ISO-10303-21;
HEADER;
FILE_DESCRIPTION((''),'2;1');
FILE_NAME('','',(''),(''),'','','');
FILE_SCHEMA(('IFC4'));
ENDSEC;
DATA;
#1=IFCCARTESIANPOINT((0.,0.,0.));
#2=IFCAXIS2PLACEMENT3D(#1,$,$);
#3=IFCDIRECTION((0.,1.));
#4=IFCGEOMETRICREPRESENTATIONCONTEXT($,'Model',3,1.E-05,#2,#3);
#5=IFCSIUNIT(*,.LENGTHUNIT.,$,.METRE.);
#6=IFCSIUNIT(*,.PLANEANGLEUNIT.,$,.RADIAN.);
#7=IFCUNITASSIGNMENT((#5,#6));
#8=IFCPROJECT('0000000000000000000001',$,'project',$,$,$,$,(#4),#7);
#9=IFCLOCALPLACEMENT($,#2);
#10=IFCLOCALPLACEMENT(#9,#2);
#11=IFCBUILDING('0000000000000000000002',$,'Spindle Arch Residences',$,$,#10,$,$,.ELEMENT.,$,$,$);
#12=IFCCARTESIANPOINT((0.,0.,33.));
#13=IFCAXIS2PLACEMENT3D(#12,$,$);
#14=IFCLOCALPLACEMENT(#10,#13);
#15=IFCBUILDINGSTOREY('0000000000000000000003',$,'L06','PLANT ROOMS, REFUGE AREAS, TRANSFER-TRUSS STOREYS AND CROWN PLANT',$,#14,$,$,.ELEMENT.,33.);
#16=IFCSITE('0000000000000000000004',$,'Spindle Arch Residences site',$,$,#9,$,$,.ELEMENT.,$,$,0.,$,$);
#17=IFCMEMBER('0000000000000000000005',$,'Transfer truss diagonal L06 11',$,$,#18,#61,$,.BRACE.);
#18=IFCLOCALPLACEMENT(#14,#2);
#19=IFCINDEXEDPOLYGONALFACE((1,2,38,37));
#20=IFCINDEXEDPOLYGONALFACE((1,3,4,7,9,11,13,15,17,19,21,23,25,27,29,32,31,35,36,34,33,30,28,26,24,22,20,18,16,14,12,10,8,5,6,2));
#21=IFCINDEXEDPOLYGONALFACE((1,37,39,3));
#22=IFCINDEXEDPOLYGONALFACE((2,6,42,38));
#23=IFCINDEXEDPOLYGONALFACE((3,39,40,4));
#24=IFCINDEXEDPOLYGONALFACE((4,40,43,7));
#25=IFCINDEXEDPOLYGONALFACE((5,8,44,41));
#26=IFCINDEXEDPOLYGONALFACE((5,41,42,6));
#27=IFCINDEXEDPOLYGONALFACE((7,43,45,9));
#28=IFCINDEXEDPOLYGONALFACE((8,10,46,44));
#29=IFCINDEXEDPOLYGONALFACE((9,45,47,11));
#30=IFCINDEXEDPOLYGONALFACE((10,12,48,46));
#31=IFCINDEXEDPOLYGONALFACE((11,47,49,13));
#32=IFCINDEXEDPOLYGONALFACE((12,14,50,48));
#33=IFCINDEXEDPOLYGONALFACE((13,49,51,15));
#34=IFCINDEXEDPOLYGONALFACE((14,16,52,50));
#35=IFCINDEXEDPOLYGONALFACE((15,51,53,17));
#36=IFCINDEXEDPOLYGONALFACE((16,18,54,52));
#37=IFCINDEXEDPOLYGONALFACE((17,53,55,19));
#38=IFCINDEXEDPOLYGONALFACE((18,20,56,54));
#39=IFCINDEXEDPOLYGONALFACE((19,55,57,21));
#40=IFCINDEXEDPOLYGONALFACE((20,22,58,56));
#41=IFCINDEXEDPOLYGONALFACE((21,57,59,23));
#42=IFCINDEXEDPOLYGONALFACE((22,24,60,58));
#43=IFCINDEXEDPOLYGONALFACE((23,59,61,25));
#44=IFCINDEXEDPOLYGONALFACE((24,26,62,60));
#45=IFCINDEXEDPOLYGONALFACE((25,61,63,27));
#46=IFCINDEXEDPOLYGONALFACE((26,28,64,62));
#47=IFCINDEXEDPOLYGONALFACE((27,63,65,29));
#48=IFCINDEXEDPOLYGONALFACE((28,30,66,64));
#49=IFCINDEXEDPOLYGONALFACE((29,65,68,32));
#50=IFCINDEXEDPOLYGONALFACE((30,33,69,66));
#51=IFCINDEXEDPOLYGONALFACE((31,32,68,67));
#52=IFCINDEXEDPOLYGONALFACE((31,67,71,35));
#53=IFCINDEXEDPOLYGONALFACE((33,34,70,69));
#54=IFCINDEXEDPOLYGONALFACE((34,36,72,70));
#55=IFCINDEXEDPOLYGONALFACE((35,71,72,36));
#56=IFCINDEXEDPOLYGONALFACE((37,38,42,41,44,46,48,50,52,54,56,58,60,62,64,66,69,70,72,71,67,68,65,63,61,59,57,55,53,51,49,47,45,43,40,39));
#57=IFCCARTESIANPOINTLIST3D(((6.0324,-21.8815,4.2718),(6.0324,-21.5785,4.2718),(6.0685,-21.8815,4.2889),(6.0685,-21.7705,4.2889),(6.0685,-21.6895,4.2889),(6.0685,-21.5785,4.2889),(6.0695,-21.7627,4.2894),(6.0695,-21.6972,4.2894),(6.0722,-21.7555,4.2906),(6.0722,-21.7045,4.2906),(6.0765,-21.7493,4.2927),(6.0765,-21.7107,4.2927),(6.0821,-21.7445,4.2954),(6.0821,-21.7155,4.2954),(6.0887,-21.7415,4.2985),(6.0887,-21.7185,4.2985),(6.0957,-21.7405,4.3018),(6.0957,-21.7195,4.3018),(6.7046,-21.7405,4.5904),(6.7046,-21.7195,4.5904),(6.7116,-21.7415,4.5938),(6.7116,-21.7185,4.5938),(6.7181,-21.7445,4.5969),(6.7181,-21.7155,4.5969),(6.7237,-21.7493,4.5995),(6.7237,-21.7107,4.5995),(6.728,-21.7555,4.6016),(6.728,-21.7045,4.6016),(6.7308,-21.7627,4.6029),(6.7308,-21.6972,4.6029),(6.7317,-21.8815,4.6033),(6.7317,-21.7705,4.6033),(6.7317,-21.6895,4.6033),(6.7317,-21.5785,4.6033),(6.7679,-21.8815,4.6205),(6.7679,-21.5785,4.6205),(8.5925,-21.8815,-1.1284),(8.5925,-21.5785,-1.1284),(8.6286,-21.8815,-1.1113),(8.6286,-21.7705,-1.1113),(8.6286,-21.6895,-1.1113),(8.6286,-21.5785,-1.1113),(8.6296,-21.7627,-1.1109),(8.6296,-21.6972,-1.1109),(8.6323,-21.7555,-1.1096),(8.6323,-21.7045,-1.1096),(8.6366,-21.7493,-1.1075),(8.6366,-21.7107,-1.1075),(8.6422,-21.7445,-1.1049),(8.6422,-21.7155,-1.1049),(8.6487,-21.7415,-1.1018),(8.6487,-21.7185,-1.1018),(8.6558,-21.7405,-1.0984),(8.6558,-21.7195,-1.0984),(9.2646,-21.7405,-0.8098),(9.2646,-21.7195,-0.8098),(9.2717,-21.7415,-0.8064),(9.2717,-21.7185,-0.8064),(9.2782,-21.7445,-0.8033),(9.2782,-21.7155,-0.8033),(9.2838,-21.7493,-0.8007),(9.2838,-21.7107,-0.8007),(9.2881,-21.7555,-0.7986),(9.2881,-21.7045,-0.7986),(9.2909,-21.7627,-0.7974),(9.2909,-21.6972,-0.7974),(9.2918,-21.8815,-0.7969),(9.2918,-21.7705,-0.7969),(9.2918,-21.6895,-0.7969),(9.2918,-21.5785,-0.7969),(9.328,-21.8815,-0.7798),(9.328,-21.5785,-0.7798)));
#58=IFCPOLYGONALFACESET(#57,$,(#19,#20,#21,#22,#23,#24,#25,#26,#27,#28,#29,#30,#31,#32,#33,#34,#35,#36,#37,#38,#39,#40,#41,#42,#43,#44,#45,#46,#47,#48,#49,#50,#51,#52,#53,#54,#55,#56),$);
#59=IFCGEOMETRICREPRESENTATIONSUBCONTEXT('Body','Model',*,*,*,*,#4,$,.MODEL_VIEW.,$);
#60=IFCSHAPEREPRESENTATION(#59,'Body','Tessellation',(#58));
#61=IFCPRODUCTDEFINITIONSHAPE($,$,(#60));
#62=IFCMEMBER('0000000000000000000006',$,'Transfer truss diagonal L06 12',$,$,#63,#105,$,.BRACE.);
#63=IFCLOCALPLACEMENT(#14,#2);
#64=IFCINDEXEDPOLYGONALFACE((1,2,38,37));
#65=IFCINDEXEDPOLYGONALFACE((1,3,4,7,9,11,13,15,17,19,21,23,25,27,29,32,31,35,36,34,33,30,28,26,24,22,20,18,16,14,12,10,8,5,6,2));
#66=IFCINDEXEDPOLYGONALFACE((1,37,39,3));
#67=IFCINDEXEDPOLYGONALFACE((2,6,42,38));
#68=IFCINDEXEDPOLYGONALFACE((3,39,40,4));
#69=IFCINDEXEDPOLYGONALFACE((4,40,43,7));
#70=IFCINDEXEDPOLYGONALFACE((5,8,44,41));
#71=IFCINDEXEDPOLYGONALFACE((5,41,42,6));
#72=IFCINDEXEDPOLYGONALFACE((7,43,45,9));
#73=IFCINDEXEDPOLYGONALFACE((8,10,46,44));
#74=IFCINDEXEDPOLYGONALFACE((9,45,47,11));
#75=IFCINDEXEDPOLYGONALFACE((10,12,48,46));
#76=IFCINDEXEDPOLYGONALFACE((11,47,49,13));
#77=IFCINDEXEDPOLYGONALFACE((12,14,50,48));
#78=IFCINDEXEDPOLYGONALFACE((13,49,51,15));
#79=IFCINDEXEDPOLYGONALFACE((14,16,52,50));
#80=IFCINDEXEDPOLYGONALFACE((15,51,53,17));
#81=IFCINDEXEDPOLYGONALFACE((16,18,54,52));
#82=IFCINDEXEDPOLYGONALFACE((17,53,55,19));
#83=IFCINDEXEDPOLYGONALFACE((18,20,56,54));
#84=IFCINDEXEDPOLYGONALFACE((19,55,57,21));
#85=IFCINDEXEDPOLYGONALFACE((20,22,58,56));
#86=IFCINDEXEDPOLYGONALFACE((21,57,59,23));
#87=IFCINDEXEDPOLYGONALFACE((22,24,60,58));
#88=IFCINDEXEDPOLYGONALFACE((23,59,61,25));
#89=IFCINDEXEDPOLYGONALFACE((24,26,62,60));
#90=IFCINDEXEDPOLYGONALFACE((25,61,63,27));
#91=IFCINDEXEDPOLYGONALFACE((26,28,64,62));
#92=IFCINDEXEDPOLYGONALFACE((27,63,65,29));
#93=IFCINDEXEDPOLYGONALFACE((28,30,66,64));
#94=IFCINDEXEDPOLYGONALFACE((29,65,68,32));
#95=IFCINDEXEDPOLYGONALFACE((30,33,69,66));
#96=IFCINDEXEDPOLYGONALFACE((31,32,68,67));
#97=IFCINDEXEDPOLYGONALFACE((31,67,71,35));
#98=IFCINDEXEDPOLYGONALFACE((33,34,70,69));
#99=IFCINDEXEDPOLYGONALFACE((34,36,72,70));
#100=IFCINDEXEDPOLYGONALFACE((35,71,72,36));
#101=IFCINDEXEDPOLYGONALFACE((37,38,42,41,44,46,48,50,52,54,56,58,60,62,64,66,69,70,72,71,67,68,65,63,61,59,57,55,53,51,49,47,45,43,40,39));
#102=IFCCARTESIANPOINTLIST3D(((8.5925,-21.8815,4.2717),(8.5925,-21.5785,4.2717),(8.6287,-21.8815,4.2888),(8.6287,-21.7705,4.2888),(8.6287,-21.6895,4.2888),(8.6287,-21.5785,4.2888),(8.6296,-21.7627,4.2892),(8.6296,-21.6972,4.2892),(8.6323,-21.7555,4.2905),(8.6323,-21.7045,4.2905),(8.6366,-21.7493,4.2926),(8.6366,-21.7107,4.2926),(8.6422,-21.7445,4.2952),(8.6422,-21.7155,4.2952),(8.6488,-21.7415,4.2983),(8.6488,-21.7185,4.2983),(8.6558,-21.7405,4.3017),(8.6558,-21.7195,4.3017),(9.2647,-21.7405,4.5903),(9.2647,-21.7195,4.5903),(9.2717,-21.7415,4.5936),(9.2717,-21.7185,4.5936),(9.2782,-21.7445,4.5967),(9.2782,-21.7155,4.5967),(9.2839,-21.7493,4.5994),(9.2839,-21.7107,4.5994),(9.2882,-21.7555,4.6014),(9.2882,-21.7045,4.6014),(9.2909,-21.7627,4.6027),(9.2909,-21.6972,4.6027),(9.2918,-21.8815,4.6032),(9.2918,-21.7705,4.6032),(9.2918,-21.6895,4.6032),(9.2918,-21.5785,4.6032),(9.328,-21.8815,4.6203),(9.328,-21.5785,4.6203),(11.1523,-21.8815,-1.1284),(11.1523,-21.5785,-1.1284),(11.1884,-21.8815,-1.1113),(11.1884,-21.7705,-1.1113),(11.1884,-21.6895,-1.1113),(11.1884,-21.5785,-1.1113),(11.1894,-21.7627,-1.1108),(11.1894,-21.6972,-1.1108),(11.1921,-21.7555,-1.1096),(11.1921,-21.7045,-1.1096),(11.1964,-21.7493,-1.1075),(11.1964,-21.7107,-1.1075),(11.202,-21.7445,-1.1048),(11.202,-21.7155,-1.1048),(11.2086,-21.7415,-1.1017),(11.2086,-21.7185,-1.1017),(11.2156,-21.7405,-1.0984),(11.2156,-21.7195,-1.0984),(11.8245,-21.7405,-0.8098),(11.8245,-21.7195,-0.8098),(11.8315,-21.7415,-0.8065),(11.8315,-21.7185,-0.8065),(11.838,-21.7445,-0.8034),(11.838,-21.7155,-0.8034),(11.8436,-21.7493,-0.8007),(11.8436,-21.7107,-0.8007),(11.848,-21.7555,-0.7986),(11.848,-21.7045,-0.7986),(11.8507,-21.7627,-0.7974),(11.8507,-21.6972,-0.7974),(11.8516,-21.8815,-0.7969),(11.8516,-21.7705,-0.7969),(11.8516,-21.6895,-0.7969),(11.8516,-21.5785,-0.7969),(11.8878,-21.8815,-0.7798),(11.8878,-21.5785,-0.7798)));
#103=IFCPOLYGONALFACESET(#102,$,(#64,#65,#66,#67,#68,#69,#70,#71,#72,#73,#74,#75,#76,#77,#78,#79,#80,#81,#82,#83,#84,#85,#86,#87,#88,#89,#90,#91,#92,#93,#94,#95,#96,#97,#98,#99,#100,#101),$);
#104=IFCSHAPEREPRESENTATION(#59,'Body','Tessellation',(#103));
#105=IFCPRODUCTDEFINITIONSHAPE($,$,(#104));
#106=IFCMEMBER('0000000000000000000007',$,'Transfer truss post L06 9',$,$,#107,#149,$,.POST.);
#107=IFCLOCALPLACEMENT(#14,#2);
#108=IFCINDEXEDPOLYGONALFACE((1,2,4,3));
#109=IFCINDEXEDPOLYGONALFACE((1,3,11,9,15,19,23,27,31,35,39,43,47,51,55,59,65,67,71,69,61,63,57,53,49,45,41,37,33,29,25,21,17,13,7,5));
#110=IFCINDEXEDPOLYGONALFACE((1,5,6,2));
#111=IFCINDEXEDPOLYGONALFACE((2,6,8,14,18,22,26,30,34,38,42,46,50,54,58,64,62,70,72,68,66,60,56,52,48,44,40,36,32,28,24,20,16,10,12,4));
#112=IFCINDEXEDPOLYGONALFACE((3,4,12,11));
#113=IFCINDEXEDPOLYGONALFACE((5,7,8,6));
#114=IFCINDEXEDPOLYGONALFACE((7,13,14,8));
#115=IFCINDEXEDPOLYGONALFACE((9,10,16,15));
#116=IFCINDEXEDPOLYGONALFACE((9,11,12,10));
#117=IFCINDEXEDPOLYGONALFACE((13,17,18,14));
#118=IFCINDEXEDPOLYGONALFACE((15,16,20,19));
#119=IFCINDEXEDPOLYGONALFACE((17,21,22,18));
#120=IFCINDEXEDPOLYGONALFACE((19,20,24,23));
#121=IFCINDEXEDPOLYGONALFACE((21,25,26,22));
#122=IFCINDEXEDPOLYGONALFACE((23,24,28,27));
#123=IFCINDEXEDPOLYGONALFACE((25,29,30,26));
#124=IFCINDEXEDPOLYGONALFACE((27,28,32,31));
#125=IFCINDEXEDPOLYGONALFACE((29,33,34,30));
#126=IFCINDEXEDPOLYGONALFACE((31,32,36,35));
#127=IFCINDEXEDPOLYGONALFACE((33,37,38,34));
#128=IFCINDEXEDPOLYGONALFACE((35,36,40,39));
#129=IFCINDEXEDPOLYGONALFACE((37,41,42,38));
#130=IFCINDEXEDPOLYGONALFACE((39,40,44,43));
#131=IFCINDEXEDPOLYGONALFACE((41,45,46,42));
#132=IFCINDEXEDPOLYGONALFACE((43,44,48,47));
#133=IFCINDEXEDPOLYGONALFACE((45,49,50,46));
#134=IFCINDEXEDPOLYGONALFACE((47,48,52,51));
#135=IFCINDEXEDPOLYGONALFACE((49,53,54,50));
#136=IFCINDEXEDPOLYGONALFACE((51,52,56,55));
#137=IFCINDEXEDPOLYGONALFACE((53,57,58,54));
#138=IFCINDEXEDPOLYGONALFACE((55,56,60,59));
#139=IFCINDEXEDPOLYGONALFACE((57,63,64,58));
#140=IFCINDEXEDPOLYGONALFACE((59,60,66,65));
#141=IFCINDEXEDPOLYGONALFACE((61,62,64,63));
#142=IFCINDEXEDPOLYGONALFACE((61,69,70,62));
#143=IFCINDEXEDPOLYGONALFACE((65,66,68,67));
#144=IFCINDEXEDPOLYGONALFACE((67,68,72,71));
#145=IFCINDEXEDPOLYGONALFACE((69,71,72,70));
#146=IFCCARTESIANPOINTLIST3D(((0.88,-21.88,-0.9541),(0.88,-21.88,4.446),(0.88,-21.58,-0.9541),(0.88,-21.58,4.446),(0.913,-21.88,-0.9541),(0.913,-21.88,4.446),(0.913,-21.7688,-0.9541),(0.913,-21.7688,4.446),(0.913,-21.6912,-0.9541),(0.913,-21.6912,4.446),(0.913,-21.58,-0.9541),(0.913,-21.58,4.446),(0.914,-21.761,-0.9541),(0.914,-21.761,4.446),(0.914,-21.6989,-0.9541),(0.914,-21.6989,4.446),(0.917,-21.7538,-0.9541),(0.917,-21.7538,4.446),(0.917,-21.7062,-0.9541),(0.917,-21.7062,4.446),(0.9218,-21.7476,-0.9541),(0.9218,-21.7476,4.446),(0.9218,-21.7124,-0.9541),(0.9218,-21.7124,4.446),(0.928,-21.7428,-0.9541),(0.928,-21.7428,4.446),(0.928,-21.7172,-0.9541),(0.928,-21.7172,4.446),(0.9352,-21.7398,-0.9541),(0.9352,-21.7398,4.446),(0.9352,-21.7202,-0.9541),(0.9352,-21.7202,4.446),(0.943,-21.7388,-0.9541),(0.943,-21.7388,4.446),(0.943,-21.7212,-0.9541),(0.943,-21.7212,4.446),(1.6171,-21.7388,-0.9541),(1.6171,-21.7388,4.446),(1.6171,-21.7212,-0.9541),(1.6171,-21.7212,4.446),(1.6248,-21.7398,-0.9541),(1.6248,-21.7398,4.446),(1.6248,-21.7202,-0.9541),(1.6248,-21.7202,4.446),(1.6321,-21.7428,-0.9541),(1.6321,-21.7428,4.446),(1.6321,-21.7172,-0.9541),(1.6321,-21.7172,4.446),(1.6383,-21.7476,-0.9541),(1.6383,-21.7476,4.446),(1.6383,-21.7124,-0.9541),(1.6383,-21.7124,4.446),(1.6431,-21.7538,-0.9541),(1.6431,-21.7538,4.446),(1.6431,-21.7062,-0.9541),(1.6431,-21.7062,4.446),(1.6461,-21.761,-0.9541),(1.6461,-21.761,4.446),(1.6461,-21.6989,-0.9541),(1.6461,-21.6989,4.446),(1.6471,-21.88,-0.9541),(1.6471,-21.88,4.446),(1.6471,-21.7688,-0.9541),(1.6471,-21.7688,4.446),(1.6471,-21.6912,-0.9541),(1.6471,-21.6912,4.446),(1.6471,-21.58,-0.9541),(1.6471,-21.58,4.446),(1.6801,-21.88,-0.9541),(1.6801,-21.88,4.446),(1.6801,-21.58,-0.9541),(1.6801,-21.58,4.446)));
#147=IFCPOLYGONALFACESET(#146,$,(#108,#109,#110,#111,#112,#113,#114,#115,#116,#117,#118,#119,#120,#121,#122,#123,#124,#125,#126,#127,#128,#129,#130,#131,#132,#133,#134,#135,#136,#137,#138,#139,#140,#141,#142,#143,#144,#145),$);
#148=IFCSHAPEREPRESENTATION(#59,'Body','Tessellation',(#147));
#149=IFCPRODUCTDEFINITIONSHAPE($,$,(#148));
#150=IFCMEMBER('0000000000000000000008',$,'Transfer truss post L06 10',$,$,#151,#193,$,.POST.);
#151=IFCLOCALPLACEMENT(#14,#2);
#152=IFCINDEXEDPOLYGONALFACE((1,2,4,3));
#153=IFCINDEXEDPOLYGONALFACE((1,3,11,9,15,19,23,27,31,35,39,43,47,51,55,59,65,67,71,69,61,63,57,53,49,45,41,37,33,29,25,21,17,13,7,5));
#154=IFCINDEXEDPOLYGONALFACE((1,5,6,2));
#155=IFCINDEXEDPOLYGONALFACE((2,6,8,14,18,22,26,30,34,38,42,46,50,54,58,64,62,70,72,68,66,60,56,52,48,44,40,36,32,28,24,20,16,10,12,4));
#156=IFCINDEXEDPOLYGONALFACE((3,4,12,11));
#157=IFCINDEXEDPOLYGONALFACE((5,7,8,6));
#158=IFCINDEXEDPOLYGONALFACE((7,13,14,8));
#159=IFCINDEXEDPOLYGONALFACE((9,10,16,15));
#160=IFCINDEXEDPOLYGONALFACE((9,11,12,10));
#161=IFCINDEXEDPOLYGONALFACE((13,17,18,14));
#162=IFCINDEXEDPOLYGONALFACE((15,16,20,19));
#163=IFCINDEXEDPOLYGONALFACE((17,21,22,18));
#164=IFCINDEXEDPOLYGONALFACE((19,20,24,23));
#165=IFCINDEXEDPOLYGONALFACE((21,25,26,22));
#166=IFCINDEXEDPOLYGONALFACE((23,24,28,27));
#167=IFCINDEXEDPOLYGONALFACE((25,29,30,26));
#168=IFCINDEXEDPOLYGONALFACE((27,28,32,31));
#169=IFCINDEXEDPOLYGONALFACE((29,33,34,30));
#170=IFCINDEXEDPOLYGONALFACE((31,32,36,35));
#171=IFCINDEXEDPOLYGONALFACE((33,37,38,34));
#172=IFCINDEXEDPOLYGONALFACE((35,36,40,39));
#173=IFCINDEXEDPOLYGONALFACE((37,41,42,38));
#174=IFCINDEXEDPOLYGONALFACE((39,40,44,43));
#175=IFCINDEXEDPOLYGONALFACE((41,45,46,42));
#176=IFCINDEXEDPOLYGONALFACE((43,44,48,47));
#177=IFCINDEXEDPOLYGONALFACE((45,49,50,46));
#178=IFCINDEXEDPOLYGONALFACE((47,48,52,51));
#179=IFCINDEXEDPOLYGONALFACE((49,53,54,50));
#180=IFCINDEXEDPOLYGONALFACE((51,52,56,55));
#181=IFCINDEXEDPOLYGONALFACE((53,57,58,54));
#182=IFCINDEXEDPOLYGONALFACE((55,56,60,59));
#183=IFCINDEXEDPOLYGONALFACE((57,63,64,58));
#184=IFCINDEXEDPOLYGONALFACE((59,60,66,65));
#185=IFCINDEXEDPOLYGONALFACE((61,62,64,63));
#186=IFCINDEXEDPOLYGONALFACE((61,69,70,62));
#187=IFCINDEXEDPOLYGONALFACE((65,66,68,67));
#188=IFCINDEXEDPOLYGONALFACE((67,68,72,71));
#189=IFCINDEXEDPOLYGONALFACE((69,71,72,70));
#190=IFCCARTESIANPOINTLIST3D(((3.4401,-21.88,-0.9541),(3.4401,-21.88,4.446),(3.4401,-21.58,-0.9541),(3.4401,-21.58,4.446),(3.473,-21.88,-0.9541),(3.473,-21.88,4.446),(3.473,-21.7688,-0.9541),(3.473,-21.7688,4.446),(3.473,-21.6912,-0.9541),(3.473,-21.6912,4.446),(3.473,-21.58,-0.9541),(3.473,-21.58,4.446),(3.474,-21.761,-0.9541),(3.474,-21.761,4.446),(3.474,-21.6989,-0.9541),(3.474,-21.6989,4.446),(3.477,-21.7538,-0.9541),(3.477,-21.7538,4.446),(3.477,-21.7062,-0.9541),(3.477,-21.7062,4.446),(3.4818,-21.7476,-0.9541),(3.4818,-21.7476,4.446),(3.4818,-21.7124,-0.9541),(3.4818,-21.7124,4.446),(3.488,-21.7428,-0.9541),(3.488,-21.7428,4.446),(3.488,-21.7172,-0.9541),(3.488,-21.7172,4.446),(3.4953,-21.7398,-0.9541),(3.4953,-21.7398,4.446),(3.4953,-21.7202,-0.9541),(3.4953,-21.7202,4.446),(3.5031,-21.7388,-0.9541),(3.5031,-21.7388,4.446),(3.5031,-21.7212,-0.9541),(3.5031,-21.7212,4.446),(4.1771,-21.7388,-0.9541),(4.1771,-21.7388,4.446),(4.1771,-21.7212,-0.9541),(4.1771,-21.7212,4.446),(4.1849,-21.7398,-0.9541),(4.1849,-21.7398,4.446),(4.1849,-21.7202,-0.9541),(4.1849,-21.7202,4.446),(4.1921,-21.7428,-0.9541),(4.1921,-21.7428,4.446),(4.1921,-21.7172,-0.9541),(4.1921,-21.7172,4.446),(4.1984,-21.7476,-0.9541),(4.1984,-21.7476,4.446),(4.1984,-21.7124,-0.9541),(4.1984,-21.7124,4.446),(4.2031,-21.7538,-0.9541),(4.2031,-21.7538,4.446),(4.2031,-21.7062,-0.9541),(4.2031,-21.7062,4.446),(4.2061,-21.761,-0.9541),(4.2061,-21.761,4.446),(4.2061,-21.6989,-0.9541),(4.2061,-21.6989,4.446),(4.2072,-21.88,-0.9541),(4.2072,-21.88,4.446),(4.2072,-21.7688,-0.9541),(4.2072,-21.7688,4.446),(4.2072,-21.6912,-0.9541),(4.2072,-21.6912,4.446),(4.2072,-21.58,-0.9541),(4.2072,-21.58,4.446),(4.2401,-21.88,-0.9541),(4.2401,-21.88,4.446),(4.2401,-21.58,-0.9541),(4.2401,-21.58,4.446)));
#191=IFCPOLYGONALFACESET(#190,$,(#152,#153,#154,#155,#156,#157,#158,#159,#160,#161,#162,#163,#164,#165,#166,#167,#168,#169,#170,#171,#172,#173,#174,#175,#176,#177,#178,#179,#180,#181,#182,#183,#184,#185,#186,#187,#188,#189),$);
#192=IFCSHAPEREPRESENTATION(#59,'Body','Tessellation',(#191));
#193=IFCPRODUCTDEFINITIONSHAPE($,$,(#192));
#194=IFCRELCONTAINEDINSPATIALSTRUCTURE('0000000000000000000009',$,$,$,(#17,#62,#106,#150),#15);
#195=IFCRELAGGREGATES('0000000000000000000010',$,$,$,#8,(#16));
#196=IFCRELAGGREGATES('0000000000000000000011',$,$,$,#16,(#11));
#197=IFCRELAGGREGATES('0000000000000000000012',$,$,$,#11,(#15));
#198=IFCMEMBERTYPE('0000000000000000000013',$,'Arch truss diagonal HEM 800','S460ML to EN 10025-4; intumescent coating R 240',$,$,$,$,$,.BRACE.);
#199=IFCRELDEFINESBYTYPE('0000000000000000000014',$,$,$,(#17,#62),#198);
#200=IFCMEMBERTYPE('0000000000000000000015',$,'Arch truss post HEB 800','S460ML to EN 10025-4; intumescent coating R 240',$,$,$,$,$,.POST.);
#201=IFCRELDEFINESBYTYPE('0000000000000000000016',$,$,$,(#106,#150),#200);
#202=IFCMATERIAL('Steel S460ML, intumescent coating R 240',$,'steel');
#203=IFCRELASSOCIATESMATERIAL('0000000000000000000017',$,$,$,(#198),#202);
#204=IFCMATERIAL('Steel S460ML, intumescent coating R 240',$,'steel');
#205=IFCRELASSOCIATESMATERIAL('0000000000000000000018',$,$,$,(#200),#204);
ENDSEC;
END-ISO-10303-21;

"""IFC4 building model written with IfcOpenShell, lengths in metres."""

from ifc_helpers import new_model, si_unit, direction, frame, origin, origin_2d, place, context, subcontext, project, spatial, i_section, extrude, material, material_profile, profile_set, type_object, element, save


model = new_model("IFC4")

# Units and contexts
model_context = context("Model", 3, precision=1e-05, world=origin(), true_north=direction((0.0, 1.0)))
body_context = subcontext(model_context, "Body", "Model", "MODEL_VIEW")
ifc_project = project(units=[si_unit("LENGTHUNIT", "METRE"), si_unit("PLANEANGLEUNIT", "RADIAN")], contexts=[model_context])

# Site, building, storey
site_placement = place(None, origin())
site = spatial("IfcSite", under=ifc_project, at=site_placement, Name="Spindle Arch Residences site", CompositionType="ELEMENT", RefElevation=0.0)
building_placement = place(site_placement, origin())
building = spatial("IfcBuilding", under=site, at=building_placement, Name="Spindle Arch Residences", CompositionType="ELEMENT")
storey_placement = place(building_placement, frame((0.0, 0.0, 33.0)))
storey = spatial("IfcBuildingStorey", under=building, at=storey_placement, Name="L06", Description="PLANT ROOMS, REFUGE AREAS, TRANSFER-TRUSS STOREYS AND CROWN PLANT", CompositionType="ELEMENT", Elevation=33.0)

# Members
ifc_material_1 = material(Name="Steel S460ML, intumescent coating R 240", Category="steel")
ifc_material_profile_1 = material_profile(ifc_material_1, i_section(OverallWidth=0.303, OverallDepth=0.814, WebThickness=0.021, FlangeThickness=0.04, FilletRadius=0.03, at=origin_2d()), Name="HEM 800")
ifc_profile_set_1 = profile_set([ifc_material_profile_1], Name="Steel S460ML, intumescent coating R 240")
member_type_1 = type_object("IfcMemberType", Name="Arch truss diagonal HEM 800", Description="S460ML to EN 10025-4; intumescent coating R 240", PredefinedType="BRACE", material=ifc_profile_set_1)
for number, where, z_axis, x_axis, name in (
    (1, (8.9602, -21.73, -0.9541), (-0.428373, 0.0, 0.903602), (0.0, -1.0, 0.0), "Transfer truss diagonal L06 11"),
):
    element("IfcMember", number, at=place(storey_placement, frame(where, z_axis=z_axis, x_axis=x_axis)), inside=storey, type_object=member_type_1, Name=name, PredefinedType="BRACE", context=body_context, shape_type="SweptSolid", body=[
        extrude(i_section(OverallWidth=0.303, OverallDepth=0.814, WebThickness=0.021, FlangeThickness=0.04, FilletRadius=0.03, at=origin_2d()), origin(), (0.0, 0.0, 1.0), 5.9763),
    ])
member_1_placement = place(storey_placement, frame((11.52, -21.73, -0.9541), z_axis=(-0.428339, 0.0, 0.903618), x_axis=(0.0, -1.0, 0.0)))
element("IfcMember", 2, at=member_1_placement, inside=storey, type_object=member_type_1, Name="Transfer truss diagonal L06 12", PredefinedType="BRACE", context=body_context, shape_type="SweptSolid", body=[
    extrude(i_section(OverallWidth=0.303, OverallDepth=0.814, WebThickness=0.021, FlangeThickness=0.04, FilletRadius=0.03, at=origin_2d()), origin(), (0.0, 0.0, 1.0), 5.9761),
])
ifc_material_2 = material(Name="Steel S460ML, intumescent coating R 240", Category="steel")
ifc_material_profile_2 = material_profile(ifc_material_2, i_section(OverallWidth=0.3, OverallDepth=0.8, WebThickness=0.0176, FlangeThickness=0.033, FilletRadius=0.03, at=origin_2d()), Name="HEB 800")
ifc_profile_set_2 = profile_set([ifc_material_profile_2], Name="Steel S460ML, intumescent coating R 240")
member_type_2 = type_object("IfcMemberType", Name="Arch truss post HEB 800", Description="S460ML to EN 10025-4; intumescent coating R 240", PredefinedType="POST", material=ifc_profile_set_2)
for number, where, z_axis, x_axis, name in (
    (3, (1.28, -21.73, -0.9541), (0.0, 0.0, 1.0), (0.0, 1.0, 0.0), "Transfer truss post L06 9"),
    (4, (3.8401, -21.73, -0.9541), (0.0, 0.0, 1.0), (0.0, 1.0, 0.0), "Transfer truss post L06 10"),
):
    element("IfcMember", number, at=place(storey_placement, frame(where, z_axis=z_axis, x_axis=x_axis)), inside=storey, type_object=member_type_2, Name=name, PredefinedType="POST", context=body_context, shape_type="SweptSolid", body=[
        extrude(i_section(OverallWidth=0.3, OverallDepth=0.8, WebThickness=0.0176, FlangeThickness=0.033, FilletRadius=0.03, at=origin_2d()), origin(), (0.0, 0.0, 1.0), 5.4001),
    ])

save(model, "model.ifc")
